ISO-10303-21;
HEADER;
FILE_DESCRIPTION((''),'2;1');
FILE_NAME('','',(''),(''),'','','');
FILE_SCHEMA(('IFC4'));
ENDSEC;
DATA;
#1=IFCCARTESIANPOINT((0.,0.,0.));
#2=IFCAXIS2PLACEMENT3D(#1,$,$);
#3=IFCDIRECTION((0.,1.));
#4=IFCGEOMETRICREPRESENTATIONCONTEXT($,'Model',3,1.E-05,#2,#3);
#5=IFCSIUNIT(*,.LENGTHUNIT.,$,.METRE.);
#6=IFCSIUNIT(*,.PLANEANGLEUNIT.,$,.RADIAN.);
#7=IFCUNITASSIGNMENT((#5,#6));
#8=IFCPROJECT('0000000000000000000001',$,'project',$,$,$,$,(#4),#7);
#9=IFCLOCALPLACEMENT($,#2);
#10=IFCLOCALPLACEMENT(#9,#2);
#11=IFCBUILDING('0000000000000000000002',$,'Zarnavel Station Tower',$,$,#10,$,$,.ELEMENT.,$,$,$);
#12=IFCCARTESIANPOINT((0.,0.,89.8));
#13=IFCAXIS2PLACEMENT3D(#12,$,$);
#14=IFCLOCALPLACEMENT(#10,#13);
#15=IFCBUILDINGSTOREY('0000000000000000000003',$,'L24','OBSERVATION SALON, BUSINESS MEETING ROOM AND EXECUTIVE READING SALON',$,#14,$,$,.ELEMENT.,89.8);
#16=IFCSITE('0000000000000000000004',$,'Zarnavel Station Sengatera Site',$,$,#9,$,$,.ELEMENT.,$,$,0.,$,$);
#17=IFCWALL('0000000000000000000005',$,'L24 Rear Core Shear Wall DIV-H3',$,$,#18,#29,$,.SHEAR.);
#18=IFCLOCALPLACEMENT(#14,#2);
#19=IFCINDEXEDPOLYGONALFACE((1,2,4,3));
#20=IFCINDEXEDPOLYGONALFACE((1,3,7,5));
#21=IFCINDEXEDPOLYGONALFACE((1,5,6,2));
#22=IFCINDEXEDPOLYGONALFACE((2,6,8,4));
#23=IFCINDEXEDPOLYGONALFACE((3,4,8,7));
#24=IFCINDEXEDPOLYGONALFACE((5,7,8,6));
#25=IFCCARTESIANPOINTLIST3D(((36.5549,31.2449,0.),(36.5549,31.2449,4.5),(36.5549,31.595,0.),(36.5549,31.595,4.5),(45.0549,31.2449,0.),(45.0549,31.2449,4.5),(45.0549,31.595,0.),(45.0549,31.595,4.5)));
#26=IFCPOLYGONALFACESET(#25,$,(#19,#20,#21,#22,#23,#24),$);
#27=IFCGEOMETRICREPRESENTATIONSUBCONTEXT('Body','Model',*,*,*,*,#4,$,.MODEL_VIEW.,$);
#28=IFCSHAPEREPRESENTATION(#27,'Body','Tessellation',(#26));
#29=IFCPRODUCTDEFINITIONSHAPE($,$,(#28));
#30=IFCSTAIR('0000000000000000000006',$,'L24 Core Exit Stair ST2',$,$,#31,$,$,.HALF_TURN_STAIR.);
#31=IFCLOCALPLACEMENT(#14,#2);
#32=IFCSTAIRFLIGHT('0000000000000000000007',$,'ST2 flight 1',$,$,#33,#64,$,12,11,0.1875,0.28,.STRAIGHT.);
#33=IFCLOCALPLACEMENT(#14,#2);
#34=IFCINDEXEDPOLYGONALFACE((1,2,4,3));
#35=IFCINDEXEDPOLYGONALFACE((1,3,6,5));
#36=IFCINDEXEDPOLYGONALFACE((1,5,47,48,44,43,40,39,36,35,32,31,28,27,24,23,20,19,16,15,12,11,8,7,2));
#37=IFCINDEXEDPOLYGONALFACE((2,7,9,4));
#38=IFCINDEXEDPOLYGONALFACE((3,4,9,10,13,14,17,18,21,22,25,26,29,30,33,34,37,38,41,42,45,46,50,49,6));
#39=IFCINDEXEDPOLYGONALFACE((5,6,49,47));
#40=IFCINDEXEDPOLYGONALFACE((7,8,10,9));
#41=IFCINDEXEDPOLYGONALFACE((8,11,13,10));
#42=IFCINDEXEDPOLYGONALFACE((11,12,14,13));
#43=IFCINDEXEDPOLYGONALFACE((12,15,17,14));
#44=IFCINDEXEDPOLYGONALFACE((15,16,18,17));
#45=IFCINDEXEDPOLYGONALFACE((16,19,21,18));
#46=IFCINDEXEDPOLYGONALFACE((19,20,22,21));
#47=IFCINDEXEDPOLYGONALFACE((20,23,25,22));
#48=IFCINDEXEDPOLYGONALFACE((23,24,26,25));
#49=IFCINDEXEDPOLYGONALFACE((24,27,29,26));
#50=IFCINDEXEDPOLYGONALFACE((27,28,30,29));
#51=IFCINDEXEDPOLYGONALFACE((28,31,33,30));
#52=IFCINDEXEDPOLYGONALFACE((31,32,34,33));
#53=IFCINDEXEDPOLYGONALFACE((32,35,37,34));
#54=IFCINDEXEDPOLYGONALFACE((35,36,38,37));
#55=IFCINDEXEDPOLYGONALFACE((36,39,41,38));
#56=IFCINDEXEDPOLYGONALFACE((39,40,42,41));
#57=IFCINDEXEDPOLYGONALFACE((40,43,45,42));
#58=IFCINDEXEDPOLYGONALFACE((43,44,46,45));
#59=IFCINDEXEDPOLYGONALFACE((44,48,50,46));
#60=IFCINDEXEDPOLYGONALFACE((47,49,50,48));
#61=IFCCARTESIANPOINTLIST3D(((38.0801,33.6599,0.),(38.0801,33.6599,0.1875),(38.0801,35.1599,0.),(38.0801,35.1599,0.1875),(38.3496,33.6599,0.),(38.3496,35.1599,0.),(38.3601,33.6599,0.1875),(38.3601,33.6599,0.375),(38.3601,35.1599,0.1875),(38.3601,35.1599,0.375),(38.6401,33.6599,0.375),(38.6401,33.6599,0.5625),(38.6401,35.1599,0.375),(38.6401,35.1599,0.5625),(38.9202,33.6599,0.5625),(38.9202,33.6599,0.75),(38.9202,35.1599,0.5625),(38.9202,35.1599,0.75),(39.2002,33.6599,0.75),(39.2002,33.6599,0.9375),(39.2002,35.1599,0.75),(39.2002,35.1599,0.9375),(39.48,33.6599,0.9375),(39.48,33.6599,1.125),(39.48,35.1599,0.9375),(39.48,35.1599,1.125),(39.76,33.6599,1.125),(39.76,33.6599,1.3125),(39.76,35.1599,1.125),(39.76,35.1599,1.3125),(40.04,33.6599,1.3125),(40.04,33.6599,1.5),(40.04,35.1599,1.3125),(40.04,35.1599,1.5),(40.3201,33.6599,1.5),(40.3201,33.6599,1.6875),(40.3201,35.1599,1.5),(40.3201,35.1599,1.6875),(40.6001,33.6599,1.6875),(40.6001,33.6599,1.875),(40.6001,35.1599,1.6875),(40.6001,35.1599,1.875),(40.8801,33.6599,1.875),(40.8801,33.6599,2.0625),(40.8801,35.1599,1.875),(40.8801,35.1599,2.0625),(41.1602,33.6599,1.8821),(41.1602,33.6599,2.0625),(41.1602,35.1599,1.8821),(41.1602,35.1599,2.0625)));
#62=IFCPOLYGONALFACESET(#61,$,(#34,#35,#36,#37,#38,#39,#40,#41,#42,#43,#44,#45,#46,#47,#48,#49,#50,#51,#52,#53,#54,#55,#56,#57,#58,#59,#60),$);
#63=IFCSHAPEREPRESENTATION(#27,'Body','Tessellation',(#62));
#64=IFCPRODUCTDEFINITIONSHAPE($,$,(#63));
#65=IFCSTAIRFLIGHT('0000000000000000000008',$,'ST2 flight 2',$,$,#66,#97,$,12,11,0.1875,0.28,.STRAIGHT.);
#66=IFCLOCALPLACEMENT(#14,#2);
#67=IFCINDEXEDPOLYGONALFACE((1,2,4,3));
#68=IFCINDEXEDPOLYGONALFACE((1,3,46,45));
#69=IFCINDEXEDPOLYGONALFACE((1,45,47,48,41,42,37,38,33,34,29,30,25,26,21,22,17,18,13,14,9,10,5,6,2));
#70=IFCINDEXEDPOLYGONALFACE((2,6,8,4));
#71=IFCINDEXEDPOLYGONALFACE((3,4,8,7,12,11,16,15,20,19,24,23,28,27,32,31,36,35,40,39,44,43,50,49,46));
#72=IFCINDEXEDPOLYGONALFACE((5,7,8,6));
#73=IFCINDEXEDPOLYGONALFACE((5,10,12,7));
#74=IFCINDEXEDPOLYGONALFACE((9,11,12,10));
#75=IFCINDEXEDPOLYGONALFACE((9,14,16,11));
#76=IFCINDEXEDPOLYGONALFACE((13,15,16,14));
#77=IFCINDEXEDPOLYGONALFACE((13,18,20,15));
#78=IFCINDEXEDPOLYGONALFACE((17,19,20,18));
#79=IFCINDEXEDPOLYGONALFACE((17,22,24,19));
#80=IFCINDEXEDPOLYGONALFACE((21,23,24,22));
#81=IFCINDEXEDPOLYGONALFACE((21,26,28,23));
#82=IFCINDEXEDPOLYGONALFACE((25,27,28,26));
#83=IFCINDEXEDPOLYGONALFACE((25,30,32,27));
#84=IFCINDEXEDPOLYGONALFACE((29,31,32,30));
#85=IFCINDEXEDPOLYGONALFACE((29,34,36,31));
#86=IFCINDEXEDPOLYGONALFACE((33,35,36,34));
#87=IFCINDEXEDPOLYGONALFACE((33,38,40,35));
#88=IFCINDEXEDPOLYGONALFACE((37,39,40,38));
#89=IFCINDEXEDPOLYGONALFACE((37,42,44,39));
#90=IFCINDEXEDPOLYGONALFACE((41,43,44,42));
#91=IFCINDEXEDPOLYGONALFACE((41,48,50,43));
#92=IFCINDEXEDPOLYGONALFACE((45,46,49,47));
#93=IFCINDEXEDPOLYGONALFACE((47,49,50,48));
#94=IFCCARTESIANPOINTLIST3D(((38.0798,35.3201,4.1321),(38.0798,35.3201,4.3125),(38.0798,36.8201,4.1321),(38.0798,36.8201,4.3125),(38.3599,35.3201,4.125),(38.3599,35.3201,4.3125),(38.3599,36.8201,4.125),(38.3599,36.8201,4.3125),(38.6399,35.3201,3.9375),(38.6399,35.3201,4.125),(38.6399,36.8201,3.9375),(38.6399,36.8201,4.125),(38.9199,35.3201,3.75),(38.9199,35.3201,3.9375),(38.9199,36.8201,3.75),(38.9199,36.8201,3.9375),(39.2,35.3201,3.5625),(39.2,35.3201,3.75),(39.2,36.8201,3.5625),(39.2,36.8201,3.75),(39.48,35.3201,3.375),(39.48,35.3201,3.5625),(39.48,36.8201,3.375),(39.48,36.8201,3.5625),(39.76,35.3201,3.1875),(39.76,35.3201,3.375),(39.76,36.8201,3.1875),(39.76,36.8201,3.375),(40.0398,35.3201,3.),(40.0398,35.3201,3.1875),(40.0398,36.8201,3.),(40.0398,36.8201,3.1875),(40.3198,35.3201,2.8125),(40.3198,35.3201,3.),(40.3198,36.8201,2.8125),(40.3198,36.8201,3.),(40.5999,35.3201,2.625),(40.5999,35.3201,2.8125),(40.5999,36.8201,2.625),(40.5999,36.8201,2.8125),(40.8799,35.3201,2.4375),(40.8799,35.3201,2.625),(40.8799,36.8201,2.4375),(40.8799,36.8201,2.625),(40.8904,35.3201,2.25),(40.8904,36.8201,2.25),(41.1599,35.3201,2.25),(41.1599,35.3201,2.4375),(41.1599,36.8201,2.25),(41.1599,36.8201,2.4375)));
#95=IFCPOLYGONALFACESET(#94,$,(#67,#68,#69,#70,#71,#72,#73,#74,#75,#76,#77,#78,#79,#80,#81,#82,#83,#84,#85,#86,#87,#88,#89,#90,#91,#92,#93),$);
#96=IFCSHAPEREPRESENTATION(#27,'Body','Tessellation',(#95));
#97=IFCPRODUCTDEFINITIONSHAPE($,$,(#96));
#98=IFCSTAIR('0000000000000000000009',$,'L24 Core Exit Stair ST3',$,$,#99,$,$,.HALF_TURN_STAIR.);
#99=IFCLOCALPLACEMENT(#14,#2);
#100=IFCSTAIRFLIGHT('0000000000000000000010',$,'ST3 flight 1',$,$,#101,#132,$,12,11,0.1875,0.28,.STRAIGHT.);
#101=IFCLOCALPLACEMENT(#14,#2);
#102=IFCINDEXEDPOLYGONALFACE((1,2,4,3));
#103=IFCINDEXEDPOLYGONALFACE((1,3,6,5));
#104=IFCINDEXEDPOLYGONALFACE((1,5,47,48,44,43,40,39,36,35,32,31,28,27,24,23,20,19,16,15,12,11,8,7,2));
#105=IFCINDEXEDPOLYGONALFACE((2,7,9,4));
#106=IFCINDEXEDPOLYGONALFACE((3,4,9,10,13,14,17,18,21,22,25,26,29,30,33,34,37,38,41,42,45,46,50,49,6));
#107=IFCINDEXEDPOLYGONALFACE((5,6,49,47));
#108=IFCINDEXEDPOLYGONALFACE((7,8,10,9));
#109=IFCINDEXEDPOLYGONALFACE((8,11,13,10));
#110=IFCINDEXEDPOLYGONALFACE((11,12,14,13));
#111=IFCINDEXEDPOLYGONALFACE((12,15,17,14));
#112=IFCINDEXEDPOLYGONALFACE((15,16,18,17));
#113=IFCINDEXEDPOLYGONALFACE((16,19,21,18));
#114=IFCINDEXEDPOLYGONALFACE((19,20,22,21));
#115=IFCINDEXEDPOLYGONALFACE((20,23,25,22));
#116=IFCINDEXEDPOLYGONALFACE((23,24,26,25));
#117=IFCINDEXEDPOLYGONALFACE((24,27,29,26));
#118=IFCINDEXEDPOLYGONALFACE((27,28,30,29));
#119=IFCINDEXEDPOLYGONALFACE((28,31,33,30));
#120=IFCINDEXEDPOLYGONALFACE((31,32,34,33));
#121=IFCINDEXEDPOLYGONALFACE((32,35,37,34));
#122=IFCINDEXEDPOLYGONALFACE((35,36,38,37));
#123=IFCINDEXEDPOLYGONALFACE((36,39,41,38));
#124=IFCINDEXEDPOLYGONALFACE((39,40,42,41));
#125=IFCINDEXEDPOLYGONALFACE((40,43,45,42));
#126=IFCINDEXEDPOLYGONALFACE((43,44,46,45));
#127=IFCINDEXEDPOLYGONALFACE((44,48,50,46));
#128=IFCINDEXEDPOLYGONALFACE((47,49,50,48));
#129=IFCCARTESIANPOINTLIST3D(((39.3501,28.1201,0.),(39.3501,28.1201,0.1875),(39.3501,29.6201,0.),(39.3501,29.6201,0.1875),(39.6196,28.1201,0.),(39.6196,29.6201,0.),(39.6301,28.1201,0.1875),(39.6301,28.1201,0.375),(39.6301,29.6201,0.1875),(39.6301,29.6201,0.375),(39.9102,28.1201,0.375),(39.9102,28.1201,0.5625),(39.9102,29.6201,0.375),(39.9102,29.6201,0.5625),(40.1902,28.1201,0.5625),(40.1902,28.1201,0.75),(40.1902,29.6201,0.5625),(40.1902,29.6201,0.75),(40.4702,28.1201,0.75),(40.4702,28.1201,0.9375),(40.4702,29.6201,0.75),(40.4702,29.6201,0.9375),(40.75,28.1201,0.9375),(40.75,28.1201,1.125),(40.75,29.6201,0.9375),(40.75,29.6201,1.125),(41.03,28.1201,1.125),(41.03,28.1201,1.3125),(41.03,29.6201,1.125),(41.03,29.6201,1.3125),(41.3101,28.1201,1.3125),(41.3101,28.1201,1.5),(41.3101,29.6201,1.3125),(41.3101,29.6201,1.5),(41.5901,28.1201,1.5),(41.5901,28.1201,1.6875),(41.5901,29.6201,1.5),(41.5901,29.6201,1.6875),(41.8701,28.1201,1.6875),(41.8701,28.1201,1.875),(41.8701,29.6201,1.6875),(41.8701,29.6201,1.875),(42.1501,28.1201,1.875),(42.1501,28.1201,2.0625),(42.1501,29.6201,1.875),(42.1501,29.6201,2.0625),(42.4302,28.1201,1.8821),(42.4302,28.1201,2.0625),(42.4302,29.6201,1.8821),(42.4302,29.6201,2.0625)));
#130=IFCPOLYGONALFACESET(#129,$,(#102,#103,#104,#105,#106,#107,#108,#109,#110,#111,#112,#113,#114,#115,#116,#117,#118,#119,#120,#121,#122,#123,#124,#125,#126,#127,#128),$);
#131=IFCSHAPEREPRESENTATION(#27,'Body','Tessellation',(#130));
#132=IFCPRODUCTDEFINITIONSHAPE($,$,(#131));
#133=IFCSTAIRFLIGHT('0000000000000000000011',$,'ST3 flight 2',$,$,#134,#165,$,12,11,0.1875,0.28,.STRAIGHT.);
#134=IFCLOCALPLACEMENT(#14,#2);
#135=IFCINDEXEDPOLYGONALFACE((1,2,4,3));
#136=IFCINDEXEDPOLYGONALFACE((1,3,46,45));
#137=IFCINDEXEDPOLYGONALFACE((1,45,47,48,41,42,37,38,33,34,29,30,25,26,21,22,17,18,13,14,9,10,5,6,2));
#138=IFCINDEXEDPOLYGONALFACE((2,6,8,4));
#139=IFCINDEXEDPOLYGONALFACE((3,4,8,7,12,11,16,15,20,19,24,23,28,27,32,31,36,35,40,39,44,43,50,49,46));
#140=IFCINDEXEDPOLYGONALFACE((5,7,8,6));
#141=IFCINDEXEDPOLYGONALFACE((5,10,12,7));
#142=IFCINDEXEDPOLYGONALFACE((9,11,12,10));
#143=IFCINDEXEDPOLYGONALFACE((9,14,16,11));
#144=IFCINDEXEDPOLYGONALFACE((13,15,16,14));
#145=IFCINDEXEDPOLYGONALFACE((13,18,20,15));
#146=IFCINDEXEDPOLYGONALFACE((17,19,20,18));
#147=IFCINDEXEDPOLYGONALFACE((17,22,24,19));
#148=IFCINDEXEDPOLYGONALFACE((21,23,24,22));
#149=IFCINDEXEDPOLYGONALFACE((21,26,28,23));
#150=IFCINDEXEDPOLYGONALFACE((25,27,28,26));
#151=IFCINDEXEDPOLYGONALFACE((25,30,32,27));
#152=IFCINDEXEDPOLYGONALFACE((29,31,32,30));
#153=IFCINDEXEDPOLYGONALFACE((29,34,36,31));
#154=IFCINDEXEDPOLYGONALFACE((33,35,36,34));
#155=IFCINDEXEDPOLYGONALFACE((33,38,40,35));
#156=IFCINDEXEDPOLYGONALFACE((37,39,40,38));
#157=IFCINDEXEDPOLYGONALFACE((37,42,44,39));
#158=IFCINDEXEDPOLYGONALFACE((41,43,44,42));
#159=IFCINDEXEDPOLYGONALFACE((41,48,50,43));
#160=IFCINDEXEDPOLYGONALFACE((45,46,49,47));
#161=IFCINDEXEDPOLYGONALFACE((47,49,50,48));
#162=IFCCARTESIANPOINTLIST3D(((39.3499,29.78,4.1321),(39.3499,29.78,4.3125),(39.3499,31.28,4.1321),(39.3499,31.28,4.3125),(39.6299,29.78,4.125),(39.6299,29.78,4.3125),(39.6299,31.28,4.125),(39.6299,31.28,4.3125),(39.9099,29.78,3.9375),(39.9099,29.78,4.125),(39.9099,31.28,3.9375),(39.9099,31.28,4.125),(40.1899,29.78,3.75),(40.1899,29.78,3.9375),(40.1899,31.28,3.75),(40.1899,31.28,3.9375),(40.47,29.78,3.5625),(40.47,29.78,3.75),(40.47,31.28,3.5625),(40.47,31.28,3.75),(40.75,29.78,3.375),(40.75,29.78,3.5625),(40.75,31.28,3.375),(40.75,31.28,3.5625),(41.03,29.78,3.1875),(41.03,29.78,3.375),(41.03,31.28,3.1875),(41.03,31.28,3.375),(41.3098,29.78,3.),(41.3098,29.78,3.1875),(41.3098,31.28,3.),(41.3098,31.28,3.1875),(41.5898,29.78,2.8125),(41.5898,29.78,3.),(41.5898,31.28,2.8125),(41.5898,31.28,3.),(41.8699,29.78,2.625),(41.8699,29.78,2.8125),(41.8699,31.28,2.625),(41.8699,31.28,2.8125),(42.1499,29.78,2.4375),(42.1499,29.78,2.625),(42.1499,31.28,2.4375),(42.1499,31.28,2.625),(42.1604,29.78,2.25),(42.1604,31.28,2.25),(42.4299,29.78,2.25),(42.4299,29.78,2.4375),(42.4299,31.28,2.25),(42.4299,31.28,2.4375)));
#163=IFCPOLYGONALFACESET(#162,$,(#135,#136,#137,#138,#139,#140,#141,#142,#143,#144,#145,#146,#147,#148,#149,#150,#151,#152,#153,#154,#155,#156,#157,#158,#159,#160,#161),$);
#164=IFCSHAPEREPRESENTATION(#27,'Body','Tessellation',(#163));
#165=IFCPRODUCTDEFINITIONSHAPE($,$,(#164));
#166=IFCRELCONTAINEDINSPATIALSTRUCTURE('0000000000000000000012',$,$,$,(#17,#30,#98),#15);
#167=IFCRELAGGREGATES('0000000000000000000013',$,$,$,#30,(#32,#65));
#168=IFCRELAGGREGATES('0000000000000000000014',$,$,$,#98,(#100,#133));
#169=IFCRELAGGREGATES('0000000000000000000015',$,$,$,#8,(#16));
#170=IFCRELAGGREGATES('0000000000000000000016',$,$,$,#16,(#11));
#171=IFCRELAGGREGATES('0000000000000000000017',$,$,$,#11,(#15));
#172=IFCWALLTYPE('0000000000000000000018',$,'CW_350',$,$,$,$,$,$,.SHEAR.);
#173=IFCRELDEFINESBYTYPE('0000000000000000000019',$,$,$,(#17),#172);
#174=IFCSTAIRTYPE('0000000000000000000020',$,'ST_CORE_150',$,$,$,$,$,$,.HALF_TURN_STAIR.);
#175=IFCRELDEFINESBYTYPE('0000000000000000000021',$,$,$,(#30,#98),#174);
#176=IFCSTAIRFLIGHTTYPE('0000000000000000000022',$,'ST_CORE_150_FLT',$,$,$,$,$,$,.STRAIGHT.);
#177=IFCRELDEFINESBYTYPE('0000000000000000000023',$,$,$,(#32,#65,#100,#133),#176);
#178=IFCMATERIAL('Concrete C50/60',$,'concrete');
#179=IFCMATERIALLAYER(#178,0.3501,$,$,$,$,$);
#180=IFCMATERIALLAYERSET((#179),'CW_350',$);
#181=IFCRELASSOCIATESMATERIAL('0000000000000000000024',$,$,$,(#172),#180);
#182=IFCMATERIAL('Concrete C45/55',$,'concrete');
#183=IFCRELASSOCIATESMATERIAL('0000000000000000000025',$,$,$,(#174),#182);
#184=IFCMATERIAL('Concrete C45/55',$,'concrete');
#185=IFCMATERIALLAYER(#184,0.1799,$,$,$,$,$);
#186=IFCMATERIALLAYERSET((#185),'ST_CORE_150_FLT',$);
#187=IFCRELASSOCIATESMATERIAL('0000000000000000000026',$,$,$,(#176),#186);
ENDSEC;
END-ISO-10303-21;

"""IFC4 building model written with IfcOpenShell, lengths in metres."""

from ifc_helpers import new_model, si_unit, direction, frame, frame_2d, origin, place, context, subcontext, project, spatial, polyline, rectangle, outline, extrude, material, layer, layer_set, type_object, element, aggregate, save


model = new_model("IFC4")

# Units and contexts
model_context = context("Model", 3, precision=1e-05, world=origin(), true_north=direction((0.0, 1.0)))
body_context = subcontext(model_context, "Body", "Model", "MODEL_VIEW")
ifc_project = project(units=[si_unit("LENGTHUNIT", "METRE"), si_unit("PLANEANGLEUNIT", "RADIAN")], contexts=[model_context])

# Site, building, storey
site_placement = place(None, origin())
site = spatial("IfcSite", under=ifc_project, at=site_placement, Name="Zarnavel Station Sengatera Site", CompositionType="ELEMENT", RefElevation=0.0)
building_placement = place(site_placement, origin())
building = spatial("IfcBuilding", under=site, at=building_placement, Name="Zarnavel Station Tower", CompositionType="ELEMENT")
storey_placement = place(building_placement, frame((0.0, 0.0, 89.8)))
storey = spatial("IfcBuildingStorey", under=building, at=storey_placement, Name="L24", Description="OBSERVATION SALON, BUSINESS MEETING ROOM AND EXECUTIVE READING SALON", CompositionType="ELEMENT", Elevation=89.8)

# Wall
ifc_material_1 = material(Name="Concrete C50/60", Category="concrete")
ifc_layer_1 = layer(ifc_material_1, 0.3501)
ifc_layer_set_1 = layer_set([ifc_layer_1], Name="CW_350")
wall_type_1 = type_object("IfcWallType", Name="CW_350", PredefinedType="SHEAR", material=ifc_layer_set_1)
wall_1_placement = place(storey_placement, frame((36.5549, 31.4199, 0.0), z_axis=(0.0, 0.0, 1.0), x_axis=(1.0, 0.0, 0.0)))
element("IfcWall", 1, at=wall_1_placement, inside=storey, type_object=wall_type_1, Name="L24 Rear Core Shear Wall DIV-H3", PredefinedType="SHEAR", context=body_context, shape_type="SweptSolid", body=[
    extrude(rectangle(XDim=8.5, YDim=0.3501, at=frame_2d((4.25, 0.0))), origin(), (0.0, 0.0, 1.0), 4.5),
])

# Stairs, stair flights
ifc_material_2 = material(Name="Concrete C45/55", Category="concrete")
stair_type = type_object("IfcStairType", Name="ST_CORE_150", PredefinedType="HALF_TURN_STAIR", material=ifc_material_2)
stair_1_placement = place(storey_placement, origin())
stair_1 = element("IfcStair", 2, at=stair_1_placement, inside=storey, type_object=stair_type, Name="L24 Core Exit Stair ST2", PredefinedType="HALF_TURN_STAIR")
ifc_material_3 = material(Name="Concrete C45/55", Category="concrete")
ifc_layer_2 = layer(ifc_material_3, 0.1799)
ifc_layer_set_2 = layer_set([ifc_layer_2], Name="ST_CORE_150_FLT")
stair_flight_type = type_object("IfcStairFlightType", Name="ST_CORE_150_FLT", PredefinedType="STRAIGHT", material=ifc_layer_set_2)
stair_flight_1_placement = place(storey_placement, frame((38.0801, 34.4099, 0.0), z_axis=(0.0, 0.0, 1.0), x_axis=(1.0, 0.0, 0.0)))
stair_flight_1 = element("IfcStairFlight", 3, at=stair_flight_1_placement, type_object=stair_flight_type, Name="ST2 flight 1", NumberOfRisers=12, NumberOfTreads=11, PredefinedType="STRAIGHT", RiserHeight=0.1875, TreadLength=0.28, context=body_context, shape_type="SweptSolid", body=[
    extrude(outline(polyline([(0.0, 0.0), (0.0, 0.1875), (0.28, 0.1875), (0.28, 0.375), (0.5601, 0.375), (0.5601, 0.5625), (0.8401, 0.5625), (0.8401, 0.75), (1.1201, 0.75), (1.1201, 0.9375), (1.3999, 0.9375), (1.3999, 1.125), (1.6799, 1.125), (1.6799, 1.3125), (1.96, 1.3125), (1.96, 1.5), (2.24, 1.5), (2.24, 1.6875), (2.52, 1.6875), (2.52, 1.875), (2.8, 1.875), (2.8, 2.0625), (3.0801, 2.0625), (3.0801, 2.25), (3.0801, 1.8821), (0.2695, 0.0), (0.0, 0.0)])), frame((0.0, 0.75, 0.0), z_axis=(0.0, -1.0, 0.0), x_axis=(1.0, 0.0, 0.0)), (0.0, 0.0, 1.0), 1.5),
])
stair_flight_2_placement = place(storey_placement, frame((41.1599, 36.0701, 2.25), z_axis=(0.0, 0.0, 1.0), x_axis=(-1.0, 0.0, 0.0)))
stair_flight_2 = element("IfcStairFlight", 4, at=stair_flight_2_placement, type_object=stair_flight_type, Name="ST2 flight 2", NumberOfRisers=12, NumberOfTreads=11, PredefinedType="STRAIGHT", RiserHeight=0.1875, TreadLength=0.28, context=body_context, shape_type="SweptSolid", body=[
    extrude(outline(polyline([(0.0, 0.0), (0.0, 0.1875), (0.28, 0.1875), (0.28, 0.375), (0.5601, 0.375), (0.5601, 0.5625), (0.8401, 0.5625), (0.8401, 0.75), (1.1201, 0.75), (1.1201, 0.9375), (1.3999, 0.9375), (1.3999, 1.125), (1.6799, 1.125), (1.6799, 1.3125), (1.96, 1.3125), (1.96, 1.5), (2.24, 1.5), (2.24, 1.6875), (2.52, 1.6875), (2.52, 1.875), (2.8, 1.875), (2.8, 2.0625), (3.0801, 2.0625), (3.0801, 2.25), (3.0801, 1.8821), (0.2695, 0.0), (0.0, 0.0)])), frame((0.0, 0.75, 0.0), z_axis=(0.0, -1.0, 0.0), x_axis=(1.0, 0.0, 0.0)), (0.0, 0.0, 1.0), 1.5),
])
aggregate(stair_1, [stair_flight_1, stair_flight_2])
stair_2_placement = place(storey_placement, origin())
stair_2 = element("IfcStair", 5, at=stair_2_placement, inside=storey, type_object=stair_type, Name="L24 Core Exit Stair ST3", PredefinedType="HALF_TURN_STAIR")
stair_flight_3_placement = place(storey_placement, frame((39.3501, 28.8701, 0.0), z_axis=(0.0, 0.0, 1.0), x_axis=(1.0, 0.0, 0.0)))
stair_flight_3 = element("IfcStairFlight", 6, at=stair_flight_3_placement, type_object=stair_flight_type, Name="ST3 flight 1", NumberOfRisers=12, NumberOfTreads=11, PredefinedType="STRAIGHT", RiserHeight=0.1875, TreadLength=0.28, context=body_context, shape_type="SweptSolid", body=[
    extrude(outline(polyline([(0.0, 0.0), (0.0, 0.1875), (0.28, 0.1875), (0.28, 0.375), (0.5601, 0.375), (0.5601, 0.5625), (0.8401, 0.5625), (0.8401, 0.75), (1.1201, 0.75), (1.1201, 0.9375), (1.3999, 0.9375), (1.3999, 1.125), (1.6799, 1.125), (1.6799, 1.3125), (1.96, 1.3125), (1.96, 1.5), (2.24, 1.5), (2.24, 1.6875), (2.52, 1.6875), (2.52, 1.875), (2.8, 1.875), (2.8, 2.0625), (3.0801, 2.0625), (3.0801, 2.25), (3.0801, 1.8821), (0.2695, 0.0), (0.0, 0.0)])), frame((0.0, 0.75, 0.0), z_axis=(0.0, -1.0, 0.0), x_axis=(1.0, 0.0, 0.0)), (0.0, 0.0, 1.0), 1.5),
])
stair_flight_4_placement = place(storey_placement, frame((42.4299, 30.53, 2.25), z_axis=(0.0, 0.0, 1.0), x_axis=(-1.0, 0.0, 0.0)))
stair_flight_4 = element("IfcStairFlight", 7, at=stair_flight_4_placement, type_object=stair_flight_type, Name="ST3 flight 2", NumberOfRisers=12, NumberOfTreads=11, PredefinedType="STRAIGHT", RiserHeight=0.1875, TreadLength=0.28, context=body_context, shape_type="SweptSolid", body=[
    extrude(outline(polyline([(0.0, 0.0), (0.0, 0.1875), (0.28, 0.1875), (0.28, 0.375), (0.5601, 0.375), (0.5601, 0.5625), (0.8401, 0.5625), (0.8401, 0.75), (1.1201, 0.75), (1.1201, 0.9375), (1.3999, 0.9375), (1.3999, 1.125), (1.6799, 1.125), (1.6799, 1.3125), (1.96, 1.3125), (1.96, 1.5), (2.24, 1.5), (2.24, 1.6875), (2.52, 1.6875), (2.52, 1.875), (2.8, 1.875), (2.8, 2.0625), (3.0801, 2.0625), (3.0801, 2.25), (3.0801, 1.8821), (0.2695, 0.0), (0.0, 0.0)])), frame((0.0, 0.75, 0.0), z_axis=(0.0, -1.0, 0.0), x_axis=(1.0, 0.0, 0.0)), (0.0, 0.0, 1.0), 1.5),
])
aggregate(stair_2, [stair_flight_3, stair_flight_4])

save(model, "model.ifc")
